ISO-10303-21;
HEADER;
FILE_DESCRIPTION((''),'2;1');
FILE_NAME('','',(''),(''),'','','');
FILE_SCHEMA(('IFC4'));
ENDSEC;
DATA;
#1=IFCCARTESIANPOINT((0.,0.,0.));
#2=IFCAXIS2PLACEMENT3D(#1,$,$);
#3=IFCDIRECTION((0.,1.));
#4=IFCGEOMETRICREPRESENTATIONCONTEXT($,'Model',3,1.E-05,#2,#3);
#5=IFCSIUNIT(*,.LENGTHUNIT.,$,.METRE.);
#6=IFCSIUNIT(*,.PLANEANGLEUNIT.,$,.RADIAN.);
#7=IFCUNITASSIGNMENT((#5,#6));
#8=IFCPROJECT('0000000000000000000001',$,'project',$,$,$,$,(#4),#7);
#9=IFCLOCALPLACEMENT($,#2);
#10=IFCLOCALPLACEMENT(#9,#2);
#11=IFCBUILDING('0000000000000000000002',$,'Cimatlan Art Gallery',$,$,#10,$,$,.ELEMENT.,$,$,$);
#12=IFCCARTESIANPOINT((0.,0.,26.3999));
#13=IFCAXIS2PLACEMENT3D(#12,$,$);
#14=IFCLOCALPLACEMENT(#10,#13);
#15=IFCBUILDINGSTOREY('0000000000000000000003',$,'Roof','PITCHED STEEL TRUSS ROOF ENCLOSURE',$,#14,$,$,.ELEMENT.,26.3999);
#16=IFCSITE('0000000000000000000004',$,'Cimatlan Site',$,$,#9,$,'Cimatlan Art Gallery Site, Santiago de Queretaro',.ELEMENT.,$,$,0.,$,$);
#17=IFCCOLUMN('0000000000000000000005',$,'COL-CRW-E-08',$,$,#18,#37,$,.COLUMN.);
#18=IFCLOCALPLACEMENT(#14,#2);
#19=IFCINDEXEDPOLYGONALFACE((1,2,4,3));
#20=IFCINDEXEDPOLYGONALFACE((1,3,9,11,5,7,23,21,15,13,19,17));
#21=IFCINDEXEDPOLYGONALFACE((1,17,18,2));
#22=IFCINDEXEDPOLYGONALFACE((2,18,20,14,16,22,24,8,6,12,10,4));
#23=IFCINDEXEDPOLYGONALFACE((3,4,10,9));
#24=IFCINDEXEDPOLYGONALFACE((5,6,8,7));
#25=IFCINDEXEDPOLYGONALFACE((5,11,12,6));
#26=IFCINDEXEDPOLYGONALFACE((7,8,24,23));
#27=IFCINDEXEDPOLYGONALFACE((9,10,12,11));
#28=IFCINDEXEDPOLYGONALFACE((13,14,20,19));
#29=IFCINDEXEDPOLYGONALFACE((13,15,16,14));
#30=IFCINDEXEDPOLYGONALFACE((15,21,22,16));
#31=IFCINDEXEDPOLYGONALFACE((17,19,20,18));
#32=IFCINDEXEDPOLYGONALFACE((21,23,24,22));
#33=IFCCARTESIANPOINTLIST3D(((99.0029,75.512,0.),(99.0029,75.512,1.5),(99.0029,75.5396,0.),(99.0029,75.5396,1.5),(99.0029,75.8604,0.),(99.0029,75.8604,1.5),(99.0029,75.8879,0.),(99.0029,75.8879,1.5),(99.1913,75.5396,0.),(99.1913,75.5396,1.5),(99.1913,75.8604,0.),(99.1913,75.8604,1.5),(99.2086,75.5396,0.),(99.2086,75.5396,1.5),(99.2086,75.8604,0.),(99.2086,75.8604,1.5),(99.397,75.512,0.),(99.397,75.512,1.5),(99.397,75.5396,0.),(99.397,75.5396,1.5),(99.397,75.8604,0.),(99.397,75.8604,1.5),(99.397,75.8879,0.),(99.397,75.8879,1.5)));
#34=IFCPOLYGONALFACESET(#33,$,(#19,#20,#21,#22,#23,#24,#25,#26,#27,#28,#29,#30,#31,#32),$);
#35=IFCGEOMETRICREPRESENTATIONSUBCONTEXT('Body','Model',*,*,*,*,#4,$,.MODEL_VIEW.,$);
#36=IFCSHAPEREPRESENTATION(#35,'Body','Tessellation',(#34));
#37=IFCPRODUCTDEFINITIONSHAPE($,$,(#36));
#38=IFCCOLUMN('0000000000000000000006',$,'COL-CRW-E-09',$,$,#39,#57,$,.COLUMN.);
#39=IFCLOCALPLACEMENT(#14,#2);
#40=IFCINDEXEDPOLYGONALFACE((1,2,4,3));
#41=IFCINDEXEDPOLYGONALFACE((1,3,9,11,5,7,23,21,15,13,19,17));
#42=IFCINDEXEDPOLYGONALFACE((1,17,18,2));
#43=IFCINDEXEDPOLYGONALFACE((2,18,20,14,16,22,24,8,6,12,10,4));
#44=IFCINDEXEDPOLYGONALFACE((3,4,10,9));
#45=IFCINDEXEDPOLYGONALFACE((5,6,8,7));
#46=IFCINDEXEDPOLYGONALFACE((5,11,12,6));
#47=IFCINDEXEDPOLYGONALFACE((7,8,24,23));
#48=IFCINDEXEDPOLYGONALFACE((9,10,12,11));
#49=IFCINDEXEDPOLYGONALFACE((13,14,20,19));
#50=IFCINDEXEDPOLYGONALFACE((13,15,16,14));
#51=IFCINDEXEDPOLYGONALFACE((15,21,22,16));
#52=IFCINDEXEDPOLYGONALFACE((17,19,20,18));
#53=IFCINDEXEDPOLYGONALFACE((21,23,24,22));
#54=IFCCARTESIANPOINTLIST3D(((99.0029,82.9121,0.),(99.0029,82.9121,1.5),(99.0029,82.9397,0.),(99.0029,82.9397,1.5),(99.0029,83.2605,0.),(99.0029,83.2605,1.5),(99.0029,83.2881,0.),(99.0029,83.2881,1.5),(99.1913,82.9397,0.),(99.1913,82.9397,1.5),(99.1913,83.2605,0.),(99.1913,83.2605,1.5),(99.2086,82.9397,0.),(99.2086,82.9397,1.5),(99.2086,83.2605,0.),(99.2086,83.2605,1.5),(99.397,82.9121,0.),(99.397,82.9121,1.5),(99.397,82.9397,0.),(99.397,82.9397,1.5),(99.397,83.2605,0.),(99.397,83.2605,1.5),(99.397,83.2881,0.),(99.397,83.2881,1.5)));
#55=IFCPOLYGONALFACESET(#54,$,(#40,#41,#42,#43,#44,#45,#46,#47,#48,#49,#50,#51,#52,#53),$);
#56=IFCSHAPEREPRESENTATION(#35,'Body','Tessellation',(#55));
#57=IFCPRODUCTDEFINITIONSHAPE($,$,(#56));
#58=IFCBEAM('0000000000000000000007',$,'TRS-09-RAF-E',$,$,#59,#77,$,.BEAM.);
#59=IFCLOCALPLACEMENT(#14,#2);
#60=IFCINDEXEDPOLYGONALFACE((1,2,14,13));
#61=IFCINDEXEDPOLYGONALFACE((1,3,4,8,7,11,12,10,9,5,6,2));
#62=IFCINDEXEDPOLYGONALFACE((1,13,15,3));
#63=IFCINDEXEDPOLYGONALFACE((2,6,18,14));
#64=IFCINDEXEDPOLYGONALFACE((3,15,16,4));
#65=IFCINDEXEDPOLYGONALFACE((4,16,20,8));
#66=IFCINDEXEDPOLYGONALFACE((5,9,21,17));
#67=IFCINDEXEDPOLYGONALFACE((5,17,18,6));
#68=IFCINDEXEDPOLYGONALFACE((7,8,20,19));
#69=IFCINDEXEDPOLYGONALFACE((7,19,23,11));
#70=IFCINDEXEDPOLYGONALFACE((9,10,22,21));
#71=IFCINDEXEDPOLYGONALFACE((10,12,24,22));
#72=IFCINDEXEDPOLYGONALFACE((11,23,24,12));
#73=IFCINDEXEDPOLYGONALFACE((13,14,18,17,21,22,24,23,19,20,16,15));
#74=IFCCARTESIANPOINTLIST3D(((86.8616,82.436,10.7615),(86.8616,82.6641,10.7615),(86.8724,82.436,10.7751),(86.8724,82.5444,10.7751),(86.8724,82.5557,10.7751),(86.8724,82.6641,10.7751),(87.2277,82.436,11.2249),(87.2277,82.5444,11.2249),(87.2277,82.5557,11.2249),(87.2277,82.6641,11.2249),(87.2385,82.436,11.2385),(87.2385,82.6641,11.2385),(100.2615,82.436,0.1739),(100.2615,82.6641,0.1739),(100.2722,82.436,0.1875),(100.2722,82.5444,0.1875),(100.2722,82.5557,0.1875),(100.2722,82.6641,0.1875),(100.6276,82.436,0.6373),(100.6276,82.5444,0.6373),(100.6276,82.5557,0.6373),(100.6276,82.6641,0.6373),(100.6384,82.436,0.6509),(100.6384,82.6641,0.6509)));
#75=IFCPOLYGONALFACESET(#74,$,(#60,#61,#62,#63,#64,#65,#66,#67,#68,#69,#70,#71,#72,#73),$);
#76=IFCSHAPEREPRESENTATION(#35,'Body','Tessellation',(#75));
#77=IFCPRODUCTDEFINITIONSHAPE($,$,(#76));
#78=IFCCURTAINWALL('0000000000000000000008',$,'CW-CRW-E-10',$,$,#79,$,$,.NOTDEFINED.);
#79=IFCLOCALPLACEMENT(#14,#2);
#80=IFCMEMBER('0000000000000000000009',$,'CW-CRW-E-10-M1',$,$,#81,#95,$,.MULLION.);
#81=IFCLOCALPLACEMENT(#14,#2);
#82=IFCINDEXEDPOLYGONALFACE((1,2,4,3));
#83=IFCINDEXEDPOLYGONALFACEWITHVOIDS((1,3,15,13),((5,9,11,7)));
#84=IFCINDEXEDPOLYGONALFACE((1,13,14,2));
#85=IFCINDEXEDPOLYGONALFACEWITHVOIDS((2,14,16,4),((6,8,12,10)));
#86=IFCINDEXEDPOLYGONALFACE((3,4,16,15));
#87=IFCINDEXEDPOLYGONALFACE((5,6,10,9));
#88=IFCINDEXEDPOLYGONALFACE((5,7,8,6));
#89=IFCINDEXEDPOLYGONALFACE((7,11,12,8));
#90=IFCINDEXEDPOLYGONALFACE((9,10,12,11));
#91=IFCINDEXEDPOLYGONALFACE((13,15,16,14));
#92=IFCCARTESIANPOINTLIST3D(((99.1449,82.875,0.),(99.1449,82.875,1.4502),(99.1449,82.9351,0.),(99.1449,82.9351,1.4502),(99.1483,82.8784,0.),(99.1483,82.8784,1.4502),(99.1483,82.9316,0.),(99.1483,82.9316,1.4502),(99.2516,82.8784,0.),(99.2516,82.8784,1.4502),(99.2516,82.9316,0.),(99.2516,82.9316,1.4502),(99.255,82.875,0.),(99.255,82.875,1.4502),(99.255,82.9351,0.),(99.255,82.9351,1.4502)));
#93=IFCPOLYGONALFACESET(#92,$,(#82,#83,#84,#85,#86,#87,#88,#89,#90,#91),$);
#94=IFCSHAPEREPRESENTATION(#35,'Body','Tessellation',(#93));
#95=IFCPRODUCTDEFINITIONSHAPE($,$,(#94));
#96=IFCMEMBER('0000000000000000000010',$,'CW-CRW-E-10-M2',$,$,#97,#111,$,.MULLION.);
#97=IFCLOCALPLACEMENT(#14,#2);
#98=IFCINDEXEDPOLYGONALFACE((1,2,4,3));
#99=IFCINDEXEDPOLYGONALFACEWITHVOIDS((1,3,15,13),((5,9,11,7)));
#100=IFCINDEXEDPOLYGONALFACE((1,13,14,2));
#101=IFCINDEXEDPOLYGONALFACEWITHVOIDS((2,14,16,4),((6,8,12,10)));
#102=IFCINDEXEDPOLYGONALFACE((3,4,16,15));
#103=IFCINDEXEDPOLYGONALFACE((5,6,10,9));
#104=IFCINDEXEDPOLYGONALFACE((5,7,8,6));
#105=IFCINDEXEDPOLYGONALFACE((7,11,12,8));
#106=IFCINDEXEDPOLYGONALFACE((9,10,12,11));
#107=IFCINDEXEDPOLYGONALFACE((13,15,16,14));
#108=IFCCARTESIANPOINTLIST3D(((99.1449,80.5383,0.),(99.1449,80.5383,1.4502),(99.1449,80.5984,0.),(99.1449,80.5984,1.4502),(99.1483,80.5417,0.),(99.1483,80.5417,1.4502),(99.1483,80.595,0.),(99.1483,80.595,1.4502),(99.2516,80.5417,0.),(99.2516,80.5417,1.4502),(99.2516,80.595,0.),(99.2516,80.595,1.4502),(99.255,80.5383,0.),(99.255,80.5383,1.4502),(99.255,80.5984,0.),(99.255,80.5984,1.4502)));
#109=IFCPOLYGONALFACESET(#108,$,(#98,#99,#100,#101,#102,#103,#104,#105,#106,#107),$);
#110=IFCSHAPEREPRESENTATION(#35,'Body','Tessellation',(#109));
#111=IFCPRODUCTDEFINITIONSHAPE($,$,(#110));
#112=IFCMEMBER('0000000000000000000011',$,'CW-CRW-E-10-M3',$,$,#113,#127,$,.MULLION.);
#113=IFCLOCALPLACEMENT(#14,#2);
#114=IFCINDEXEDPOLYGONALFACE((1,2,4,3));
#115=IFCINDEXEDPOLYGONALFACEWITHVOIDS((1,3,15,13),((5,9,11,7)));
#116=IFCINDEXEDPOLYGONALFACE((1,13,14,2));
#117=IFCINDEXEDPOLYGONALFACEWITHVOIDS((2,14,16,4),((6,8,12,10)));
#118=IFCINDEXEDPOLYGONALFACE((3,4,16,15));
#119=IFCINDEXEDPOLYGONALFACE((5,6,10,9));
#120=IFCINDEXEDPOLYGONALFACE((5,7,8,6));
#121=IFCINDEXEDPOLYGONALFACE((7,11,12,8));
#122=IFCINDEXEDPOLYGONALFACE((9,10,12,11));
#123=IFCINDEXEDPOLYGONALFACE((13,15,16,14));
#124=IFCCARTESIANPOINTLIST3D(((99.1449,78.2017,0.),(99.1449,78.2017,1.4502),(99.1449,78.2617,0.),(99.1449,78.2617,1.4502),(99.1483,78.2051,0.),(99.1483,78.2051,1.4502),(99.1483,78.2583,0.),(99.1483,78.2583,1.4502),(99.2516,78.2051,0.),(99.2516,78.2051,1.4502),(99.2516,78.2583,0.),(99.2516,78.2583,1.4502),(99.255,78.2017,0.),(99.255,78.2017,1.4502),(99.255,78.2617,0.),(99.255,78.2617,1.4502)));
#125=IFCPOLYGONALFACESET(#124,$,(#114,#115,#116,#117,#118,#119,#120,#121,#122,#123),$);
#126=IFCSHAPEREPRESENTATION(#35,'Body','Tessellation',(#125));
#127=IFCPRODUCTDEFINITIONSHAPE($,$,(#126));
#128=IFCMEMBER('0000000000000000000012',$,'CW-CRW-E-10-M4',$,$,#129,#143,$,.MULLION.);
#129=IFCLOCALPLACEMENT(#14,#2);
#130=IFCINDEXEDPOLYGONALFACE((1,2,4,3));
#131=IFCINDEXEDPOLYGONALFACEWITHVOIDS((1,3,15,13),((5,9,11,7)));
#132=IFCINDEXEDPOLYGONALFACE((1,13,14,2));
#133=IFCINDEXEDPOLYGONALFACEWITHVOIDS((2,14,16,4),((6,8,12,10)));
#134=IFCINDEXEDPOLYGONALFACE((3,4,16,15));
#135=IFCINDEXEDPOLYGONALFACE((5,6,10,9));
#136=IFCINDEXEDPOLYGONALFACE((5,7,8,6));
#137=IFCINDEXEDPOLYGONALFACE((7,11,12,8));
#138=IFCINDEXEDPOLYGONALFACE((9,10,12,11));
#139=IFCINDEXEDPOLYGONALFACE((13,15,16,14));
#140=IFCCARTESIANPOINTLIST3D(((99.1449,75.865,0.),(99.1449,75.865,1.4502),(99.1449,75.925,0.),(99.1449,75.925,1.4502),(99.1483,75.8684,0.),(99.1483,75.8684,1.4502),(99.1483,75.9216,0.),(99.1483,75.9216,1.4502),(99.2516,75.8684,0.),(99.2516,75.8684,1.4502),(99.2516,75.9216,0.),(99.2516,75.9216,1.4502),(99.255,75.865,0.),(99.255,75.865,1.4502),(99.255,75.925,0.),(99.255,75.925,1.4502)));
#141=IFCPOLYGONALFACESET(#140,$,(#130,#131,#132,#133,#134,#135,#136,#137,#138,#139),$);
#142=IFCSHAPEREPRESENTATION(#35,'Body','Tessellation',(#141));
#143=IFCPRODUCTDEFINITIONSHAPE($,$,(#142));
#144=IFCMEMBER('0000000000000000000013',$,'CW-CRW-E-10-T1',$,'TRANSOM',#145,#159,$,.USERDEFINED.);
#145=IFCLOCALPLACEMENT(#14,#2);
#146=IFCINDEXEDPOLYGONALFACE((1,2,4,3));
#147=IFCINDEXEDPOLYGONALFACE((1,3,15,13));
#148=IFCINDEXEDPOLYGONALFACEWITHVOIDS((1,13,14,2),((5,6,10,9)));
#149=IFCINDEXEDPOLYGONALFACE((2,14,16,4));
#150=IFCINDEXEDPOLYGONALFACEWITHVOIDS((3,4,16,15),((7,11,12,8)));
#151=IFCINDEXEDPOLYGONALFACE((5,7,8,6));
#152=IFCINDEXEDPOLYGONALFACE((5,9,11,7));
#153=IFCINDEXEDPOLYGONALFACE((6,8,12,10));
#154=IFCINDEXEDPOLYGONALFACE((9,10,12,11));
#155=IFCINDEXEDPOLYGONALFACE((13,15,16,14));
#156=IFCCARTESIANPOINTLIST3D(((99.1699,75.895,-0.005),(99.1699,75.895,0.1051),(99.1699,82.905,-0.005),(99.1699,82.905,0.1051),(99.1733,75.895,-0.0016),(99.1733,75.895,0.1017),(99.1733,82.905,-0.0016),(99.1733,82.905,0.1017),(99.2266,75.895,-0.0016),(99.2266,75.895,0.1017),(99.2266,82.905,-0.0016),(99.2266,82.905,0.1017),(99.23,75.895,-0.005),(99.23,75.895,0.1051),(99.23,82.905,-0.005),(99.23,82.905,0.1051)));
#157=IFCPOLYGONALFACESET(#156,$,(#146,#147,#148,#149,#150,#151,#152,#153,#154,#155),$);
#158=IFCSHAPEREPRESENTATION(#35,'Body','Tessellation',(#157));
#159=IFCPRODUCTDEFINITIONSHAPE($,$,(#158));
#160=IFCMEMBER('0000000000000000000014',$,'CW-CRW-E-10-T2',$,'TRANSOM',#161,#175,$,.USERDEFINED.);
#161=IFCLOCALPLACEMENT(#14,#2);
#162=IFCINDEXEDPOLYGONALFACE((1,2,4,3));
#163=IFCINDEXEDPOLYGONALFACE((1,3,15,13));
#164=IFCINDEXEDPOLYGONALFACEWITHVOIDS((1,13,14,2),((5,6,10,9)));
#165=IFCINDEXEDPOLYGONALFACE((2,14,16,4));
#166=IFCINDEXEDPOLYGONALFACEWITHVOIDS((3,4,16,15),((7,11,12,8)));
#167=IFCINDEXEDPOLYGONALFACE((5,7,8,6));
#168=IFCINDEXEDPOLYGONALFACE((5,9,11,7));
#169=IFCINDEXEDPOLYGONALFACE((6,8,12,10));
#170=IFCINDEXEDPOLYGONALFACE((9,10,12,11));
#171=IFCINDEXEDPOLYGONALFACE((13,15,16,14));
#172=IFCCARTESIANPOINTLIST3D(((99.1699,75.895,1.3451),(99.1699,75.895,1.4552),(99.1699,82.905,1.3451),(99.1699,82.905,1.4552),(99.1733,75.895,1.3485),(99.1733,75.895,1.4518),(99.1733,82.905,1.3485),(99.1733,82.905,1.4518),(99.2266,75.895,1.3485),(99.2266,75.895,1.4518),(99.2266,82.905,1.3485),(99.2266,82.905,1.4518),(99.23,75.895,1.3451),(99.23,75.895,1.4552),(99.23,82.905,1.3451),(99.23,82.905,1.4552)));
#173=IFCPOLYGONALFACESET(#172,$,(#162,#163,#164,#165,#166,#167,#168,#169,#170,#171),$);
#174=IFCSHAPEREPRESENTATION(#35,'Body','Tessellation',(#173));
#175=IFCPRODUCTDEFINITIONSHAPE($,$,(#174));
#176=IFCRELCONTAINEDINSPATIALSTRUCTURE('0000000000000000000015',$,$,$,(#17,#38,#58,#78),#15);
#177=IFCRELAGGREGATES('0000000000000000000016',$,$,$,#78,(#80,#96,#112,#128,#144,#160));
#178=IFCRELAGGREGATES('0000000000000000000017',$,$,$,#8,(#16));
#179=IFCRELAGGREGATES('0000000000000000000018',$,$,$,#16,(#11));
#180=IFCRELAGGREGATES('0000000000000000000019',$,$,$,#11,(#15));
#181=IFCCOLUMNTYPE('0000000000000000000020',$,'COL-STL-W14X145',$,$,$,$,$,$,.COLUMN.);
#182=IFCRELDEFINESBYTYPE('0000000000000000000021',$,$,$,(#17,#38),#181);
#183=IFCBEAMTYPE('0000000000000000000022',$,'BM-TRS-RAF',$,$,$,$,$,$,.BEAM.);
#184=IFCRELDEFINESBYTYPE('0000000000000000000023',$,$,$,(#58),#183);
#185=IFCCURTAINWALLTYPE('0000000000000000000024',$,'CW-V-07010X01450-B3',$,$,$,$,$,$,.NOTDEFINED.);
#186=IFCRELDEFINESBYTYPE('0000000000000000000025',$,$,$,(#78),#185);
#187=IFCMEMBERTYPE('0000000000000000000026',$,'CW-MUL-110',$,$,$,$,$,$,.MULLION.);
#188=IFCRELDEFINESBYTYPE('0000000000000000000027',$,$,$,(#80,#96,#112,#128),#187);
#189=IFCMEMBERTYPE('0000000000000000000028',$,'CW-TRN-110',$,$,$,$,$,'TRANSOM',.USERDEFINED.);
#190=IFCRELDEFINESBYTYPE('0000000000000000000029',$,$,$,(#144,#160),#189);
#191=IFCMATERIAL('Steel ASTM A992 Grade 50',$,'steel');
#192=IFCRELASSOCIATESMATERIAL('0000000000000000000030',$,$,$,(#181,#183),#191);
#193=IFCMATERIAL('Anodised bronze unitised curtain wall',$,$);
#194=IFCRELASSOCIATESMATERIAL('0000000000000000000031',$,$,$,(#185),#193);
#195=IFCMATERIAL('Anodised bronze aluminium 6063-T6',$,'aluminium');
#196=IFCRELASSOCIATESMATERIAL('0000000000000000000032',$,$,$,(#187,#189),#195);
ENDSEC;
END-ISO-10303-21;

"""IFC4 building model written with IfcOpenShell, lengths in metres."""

from ifc_helpers import new_model, si_unit, direction, frame, origin, origin_2d, place, context, subcontext, project, spatial, hollow_rectangle, i_section, extrude, material, material_profile, profile_set, type_object, element, aggregate, save


model = new_model("IFC4")

# Units and contexts
model_context = context("Model", 3, precision=1e-05, world=origin(), true_north=direction((0.0, 1.0)))
body_context = subcontext(model_context, "Body", "Model", "MODEL_VIEW")
ifc_project = project(units=[si_unit("LENGTHUNIT", "METRE"), si_unit("PLANEANGLEUNIT", "RADIAN")], contexts=[model_context])

# Site, building, storey
site_placement = place(None, origin())
site = spatial("IfcSite", under=ifc_project, at=site_placement, Name="Cimatlan Site", LongName="Cimatlan Art Gallery Site, Santiago de Queretaro", CompositionType="ELEMENT", RefElevation=0.0)
building_placement = place(site_placement, origin())
building = spatial("IfcBuilding", under=site, at=building_placement, Name="Cimatlan Art Gallery", CompositionType="ELEMENT")
storey_placement = place(building_placement, frame((0.0, 0.0, 26.3999)))
storey = spatial("IfcBuildingStorey", under=building, at=storey_placement, Name="Roof", Description="PITCHED STEEL TRUSS ROOF ENCLOSURE", CompositionType="ELEMENT", Elevation=26.3999)

# Columns
ifc_material_1 = material(Name="Steel ASTM A992 Grade 50", Category="steel")
ifc_material_profile_1 = material_profile(ifc_material_1, i_section(OverallWidth=0.394, OverallDepth=0.376, WebThickness=0.0173, FlangeThickness=0.0276, at=origin_2d()), Name="W14X145")
ifc_profile_set_1 = profile_set([ifc_material_profile_1], Name="Steel ASTM A992 Grade 50")
column_type = type_object("IfcColumnType", Name="COL-STL-W14X145", PredefinedType="COLUMN", material=ifc_profile_set_1)
for number, where, z_axis, x_axis, name in (
    (1, (99.2, 75.7, 0.0), (0.0, 0.0, 1.0), (1.0, 0.0, 0.0), "COL-CRW-E-08"),
    (2, (99.2, 83.1001, 0.0), (0.0, 0.0, 1.0), (1.0, 0.0, 0.0), "COL-CRW-E-09"),
):
    element("IfcColumn", number, at=place(storey_placement, frame(where, z_axis=z_axis, x_axis=x_axis)), inside=storey, type_object=column_type, Name=name, PredefinedType="COLUMN", context=body_context, shape_type="SweptSolid", body=[
        extrude(i_section(OverallWidth=0.394, OverallDepth=0.376, WebThickness=0.0173, FlangeThickness=0.0276, at=origin_2d()), origin(), (0.0, 0.0, 1.0), 1.5),
    ])

# Beam
ifc_material_profile_2 = material_profile(ifc_material_1, i_section(OverallWidth=0.228, OverallDepth=0.6079, WebThickness=0.0112, FlangeThickness=0.0173, at=origin_2d()), Name="W24X76")
ifc_profile_set_2 = profile_set([ifc_material_profile_2], Name="Steel ASTM A992 Grade 50")
beam_type = type_object("IfcBeamType", Name="BM-TRS-RAF", PredefinedType="BEAM", material=ifc_profile_set_2)
beam_placement = place(storey_placement, frame((87.05, 82.55, 11.0), z_axis=(0.784633, 0.0, -0.619961), x_axis=(0.0, 1.0, 0.0)))
element("IfcBeam", 3, at=beam_placement, inside=storey, type_object=beam_type, Name="TRS-09-RAF-E", PredefinedType="BEAM", context=body_context, shape_type="SweptSolid", body=[
    extrude(i_section(OverallWidth=0.228, OverallDepth=0.6079, WebThickness=0.0112, FlangeThickness=0.0173, at=origin_2d()), origin(), (0.0, 0.0, 1.0), 17.0779),
])

# Curtain wall, members
ifc_material_2 = material(Name="Anodised bronze unitised curtain wall")
curtain_wall_type = type_object("IfcCurtainWallType", Name="CW-V-07010X01450-B3", PredefinedType="NOTDEFINED", material=ifc_material_2)
curtain_wall_placement = place(storey_placement, origin())
curtain_wall = element("IfcCurtainWall", 4, at=curtain_wall_placement, inside=storey, type_object=curtain_wall_type, Name="CW-CRW-E-10", PredefinedType="NOTDEFINED")
ifc_material_3 = material(Name="Anodised bronze aluminium 6063-T6", Category="aluminium")
ifc_material_profile_3 = material_profile(ifc_material_3, hollow_rectangle(XDim=0.0601, YDim=0.1101, WallThickness=0.0034, at=origin_2d()), Name="ALU60X110X3")
ifc_profile_set_3 = profile_set([ifc_material_profile_3], Name="Anodised bronze aluminium 6063-T6")
member_type_1 = type_object("IfcMemberType", Name="CW-MUL-110", PredefinedType="MULLION", material=ifc_profile_set_3)
member_1_placement = place(storey_placement, frame((99.2, 82.905, 0.0), z_axis=(0.0, 0.0, 1.0), x_axis=(0.0, 1.0, 0.0)))
member_1 = element("IfcMember", 5, at=member_1_placement, type_object=member_type_1, Name="CW-CRW-E-10-M1", PredefinedType="MULLION", context=body_context, shape_type="SweptSolid", body=[
    extrude(hollow_rectangle(XDim=0.0601, YDim=0.1101, WallThickness=0.0034, at=origin_2d()), origin(), (0.0, 0.0, 1.0), 1.4502),
])
member_2_placement = place(storey_placement, frame((99.2, 80.5684, 0.0), z_axis=(0.0, 0.0, 1.0), x_axis=(0.0, 1.0, 0.0)))
member_2 = element("IfcMember", 6, at=member_2_placement, type_object=member_type_1, Name="CW-CRW-E-10-M2", PredefinedType="MULLION", context=body_context, shape_type="SweptSolid", body=[
    extrude(hollow_rectangle(XDim=0.0601, YDim=0.1101, WallThickness=0.0034, at=origin_2d()), origin(), (0.0, 0.0, 1.0), 1.4502),
])
member_3_placement = place(storey_placement, frame((99.2, 78.2317, 0.0), z_axis=(0.0, 0.0, 1.0), x_axis=(0.0, 1.0, 0.0)))
member_3 = element("IfcMember", 7, at=member_3_placement, type_object=member_type_1, Name="CW-CRW-E-10-M3", PredefinedType="MULLION", context=body_context, shape_type="SweptSolid", body=[
    extrude(hollow_rectangle(XDim=0.0601, YDim=0.1101, WallThickness=0.0034, at=origin_2d()), origin(), (0.0, 0.0, 1.0), 1.4502),
])
member_4_placement = place(storey_placement, frame((99.2, 75.895, 0.0), z_axis=(0.0, 0.0, 1.0), x_axis=(0.0, 1.0, 0.0)))
member_4 = element("IfcMember", 8, at=member_4_placement, type_object=member_type_1, Name="CW-CRW-E-10-M4", PredefinedType="MULLION", context=body_context, shape_type="SweptSolid", body=[
    extrude(hollow_rectangle(XDim=0.0601, YDim=0.1101, WallThickness=0.0034, at=origin_2d()), origin(), (0.0, 0.0, 1.0), 1.4502),
])
ifc_material_profile_4 = material_profile(ifc_material_3, hollow_rectangle(XDim=0.0601, YDim=0.1101, WallThickness=0.0034, at=origin_2d()), Name="ALU60X110X3")
ifc_profile_set_4 = profile_set([ifc_material_profile_4], Name="Anodised bronze aluminium 6063-T6")
member_type_2 = type_object("IfcMemberType", Name="CW-TRN-110", ElementType="TRANSOM", PredefinedType="USERDEFINED", material=ifc_profile_set_4)
member_5_placement = place(storey_placement, frame((99.2, 82.905, 0.05), z_axis=(0.0, -1.0, 0.0), x_axis=(1.0, 0.0, 0.0)))
member_5 = element("IfcMember", 9, at=member_5_placement, type_object=member_type_2, Name="CW-CRW-E-10-T1", ObjectType="TRANSOM", PredefinedType="USERDEFINED", context=body_context, shape_type="SweptSolid", body=[
    extrude(hollow_rectangle(XDim=0.0601, YDim=0.1101, WallThickness=0.0034, at=origin_2d()), origin(), (0.0, 0.0, 1.0), 7.01),
])
member_6_placement = place(storey_placement, frame((99.2, 82.905, 1.4001), z_axis=(0.0, -1.0, 0.0), x_axis=(1.0, 0.0, 0.0)))
member_6 = element("IfcMember", 10, at=member_6_placement, type_object=member_type_2, Name="CW-CRW-E-10-T2", ObjectType="TRANSOM", PredefinedType="USERDEFINED", context=body_context, shape_type="SweptSolid", body=[
    extrude(hollow_rectangle(XDim=0.0601, YDim=0.1101, WallThickness=0.0034, at=origin_2d()), origin(), (0.0, 0.0, 1.0), 7.01),
])

aggregate(curtain_wall, [member_1, member_2, member_3, member_4, member_5, member_6])

save(model, "model.ifc")
